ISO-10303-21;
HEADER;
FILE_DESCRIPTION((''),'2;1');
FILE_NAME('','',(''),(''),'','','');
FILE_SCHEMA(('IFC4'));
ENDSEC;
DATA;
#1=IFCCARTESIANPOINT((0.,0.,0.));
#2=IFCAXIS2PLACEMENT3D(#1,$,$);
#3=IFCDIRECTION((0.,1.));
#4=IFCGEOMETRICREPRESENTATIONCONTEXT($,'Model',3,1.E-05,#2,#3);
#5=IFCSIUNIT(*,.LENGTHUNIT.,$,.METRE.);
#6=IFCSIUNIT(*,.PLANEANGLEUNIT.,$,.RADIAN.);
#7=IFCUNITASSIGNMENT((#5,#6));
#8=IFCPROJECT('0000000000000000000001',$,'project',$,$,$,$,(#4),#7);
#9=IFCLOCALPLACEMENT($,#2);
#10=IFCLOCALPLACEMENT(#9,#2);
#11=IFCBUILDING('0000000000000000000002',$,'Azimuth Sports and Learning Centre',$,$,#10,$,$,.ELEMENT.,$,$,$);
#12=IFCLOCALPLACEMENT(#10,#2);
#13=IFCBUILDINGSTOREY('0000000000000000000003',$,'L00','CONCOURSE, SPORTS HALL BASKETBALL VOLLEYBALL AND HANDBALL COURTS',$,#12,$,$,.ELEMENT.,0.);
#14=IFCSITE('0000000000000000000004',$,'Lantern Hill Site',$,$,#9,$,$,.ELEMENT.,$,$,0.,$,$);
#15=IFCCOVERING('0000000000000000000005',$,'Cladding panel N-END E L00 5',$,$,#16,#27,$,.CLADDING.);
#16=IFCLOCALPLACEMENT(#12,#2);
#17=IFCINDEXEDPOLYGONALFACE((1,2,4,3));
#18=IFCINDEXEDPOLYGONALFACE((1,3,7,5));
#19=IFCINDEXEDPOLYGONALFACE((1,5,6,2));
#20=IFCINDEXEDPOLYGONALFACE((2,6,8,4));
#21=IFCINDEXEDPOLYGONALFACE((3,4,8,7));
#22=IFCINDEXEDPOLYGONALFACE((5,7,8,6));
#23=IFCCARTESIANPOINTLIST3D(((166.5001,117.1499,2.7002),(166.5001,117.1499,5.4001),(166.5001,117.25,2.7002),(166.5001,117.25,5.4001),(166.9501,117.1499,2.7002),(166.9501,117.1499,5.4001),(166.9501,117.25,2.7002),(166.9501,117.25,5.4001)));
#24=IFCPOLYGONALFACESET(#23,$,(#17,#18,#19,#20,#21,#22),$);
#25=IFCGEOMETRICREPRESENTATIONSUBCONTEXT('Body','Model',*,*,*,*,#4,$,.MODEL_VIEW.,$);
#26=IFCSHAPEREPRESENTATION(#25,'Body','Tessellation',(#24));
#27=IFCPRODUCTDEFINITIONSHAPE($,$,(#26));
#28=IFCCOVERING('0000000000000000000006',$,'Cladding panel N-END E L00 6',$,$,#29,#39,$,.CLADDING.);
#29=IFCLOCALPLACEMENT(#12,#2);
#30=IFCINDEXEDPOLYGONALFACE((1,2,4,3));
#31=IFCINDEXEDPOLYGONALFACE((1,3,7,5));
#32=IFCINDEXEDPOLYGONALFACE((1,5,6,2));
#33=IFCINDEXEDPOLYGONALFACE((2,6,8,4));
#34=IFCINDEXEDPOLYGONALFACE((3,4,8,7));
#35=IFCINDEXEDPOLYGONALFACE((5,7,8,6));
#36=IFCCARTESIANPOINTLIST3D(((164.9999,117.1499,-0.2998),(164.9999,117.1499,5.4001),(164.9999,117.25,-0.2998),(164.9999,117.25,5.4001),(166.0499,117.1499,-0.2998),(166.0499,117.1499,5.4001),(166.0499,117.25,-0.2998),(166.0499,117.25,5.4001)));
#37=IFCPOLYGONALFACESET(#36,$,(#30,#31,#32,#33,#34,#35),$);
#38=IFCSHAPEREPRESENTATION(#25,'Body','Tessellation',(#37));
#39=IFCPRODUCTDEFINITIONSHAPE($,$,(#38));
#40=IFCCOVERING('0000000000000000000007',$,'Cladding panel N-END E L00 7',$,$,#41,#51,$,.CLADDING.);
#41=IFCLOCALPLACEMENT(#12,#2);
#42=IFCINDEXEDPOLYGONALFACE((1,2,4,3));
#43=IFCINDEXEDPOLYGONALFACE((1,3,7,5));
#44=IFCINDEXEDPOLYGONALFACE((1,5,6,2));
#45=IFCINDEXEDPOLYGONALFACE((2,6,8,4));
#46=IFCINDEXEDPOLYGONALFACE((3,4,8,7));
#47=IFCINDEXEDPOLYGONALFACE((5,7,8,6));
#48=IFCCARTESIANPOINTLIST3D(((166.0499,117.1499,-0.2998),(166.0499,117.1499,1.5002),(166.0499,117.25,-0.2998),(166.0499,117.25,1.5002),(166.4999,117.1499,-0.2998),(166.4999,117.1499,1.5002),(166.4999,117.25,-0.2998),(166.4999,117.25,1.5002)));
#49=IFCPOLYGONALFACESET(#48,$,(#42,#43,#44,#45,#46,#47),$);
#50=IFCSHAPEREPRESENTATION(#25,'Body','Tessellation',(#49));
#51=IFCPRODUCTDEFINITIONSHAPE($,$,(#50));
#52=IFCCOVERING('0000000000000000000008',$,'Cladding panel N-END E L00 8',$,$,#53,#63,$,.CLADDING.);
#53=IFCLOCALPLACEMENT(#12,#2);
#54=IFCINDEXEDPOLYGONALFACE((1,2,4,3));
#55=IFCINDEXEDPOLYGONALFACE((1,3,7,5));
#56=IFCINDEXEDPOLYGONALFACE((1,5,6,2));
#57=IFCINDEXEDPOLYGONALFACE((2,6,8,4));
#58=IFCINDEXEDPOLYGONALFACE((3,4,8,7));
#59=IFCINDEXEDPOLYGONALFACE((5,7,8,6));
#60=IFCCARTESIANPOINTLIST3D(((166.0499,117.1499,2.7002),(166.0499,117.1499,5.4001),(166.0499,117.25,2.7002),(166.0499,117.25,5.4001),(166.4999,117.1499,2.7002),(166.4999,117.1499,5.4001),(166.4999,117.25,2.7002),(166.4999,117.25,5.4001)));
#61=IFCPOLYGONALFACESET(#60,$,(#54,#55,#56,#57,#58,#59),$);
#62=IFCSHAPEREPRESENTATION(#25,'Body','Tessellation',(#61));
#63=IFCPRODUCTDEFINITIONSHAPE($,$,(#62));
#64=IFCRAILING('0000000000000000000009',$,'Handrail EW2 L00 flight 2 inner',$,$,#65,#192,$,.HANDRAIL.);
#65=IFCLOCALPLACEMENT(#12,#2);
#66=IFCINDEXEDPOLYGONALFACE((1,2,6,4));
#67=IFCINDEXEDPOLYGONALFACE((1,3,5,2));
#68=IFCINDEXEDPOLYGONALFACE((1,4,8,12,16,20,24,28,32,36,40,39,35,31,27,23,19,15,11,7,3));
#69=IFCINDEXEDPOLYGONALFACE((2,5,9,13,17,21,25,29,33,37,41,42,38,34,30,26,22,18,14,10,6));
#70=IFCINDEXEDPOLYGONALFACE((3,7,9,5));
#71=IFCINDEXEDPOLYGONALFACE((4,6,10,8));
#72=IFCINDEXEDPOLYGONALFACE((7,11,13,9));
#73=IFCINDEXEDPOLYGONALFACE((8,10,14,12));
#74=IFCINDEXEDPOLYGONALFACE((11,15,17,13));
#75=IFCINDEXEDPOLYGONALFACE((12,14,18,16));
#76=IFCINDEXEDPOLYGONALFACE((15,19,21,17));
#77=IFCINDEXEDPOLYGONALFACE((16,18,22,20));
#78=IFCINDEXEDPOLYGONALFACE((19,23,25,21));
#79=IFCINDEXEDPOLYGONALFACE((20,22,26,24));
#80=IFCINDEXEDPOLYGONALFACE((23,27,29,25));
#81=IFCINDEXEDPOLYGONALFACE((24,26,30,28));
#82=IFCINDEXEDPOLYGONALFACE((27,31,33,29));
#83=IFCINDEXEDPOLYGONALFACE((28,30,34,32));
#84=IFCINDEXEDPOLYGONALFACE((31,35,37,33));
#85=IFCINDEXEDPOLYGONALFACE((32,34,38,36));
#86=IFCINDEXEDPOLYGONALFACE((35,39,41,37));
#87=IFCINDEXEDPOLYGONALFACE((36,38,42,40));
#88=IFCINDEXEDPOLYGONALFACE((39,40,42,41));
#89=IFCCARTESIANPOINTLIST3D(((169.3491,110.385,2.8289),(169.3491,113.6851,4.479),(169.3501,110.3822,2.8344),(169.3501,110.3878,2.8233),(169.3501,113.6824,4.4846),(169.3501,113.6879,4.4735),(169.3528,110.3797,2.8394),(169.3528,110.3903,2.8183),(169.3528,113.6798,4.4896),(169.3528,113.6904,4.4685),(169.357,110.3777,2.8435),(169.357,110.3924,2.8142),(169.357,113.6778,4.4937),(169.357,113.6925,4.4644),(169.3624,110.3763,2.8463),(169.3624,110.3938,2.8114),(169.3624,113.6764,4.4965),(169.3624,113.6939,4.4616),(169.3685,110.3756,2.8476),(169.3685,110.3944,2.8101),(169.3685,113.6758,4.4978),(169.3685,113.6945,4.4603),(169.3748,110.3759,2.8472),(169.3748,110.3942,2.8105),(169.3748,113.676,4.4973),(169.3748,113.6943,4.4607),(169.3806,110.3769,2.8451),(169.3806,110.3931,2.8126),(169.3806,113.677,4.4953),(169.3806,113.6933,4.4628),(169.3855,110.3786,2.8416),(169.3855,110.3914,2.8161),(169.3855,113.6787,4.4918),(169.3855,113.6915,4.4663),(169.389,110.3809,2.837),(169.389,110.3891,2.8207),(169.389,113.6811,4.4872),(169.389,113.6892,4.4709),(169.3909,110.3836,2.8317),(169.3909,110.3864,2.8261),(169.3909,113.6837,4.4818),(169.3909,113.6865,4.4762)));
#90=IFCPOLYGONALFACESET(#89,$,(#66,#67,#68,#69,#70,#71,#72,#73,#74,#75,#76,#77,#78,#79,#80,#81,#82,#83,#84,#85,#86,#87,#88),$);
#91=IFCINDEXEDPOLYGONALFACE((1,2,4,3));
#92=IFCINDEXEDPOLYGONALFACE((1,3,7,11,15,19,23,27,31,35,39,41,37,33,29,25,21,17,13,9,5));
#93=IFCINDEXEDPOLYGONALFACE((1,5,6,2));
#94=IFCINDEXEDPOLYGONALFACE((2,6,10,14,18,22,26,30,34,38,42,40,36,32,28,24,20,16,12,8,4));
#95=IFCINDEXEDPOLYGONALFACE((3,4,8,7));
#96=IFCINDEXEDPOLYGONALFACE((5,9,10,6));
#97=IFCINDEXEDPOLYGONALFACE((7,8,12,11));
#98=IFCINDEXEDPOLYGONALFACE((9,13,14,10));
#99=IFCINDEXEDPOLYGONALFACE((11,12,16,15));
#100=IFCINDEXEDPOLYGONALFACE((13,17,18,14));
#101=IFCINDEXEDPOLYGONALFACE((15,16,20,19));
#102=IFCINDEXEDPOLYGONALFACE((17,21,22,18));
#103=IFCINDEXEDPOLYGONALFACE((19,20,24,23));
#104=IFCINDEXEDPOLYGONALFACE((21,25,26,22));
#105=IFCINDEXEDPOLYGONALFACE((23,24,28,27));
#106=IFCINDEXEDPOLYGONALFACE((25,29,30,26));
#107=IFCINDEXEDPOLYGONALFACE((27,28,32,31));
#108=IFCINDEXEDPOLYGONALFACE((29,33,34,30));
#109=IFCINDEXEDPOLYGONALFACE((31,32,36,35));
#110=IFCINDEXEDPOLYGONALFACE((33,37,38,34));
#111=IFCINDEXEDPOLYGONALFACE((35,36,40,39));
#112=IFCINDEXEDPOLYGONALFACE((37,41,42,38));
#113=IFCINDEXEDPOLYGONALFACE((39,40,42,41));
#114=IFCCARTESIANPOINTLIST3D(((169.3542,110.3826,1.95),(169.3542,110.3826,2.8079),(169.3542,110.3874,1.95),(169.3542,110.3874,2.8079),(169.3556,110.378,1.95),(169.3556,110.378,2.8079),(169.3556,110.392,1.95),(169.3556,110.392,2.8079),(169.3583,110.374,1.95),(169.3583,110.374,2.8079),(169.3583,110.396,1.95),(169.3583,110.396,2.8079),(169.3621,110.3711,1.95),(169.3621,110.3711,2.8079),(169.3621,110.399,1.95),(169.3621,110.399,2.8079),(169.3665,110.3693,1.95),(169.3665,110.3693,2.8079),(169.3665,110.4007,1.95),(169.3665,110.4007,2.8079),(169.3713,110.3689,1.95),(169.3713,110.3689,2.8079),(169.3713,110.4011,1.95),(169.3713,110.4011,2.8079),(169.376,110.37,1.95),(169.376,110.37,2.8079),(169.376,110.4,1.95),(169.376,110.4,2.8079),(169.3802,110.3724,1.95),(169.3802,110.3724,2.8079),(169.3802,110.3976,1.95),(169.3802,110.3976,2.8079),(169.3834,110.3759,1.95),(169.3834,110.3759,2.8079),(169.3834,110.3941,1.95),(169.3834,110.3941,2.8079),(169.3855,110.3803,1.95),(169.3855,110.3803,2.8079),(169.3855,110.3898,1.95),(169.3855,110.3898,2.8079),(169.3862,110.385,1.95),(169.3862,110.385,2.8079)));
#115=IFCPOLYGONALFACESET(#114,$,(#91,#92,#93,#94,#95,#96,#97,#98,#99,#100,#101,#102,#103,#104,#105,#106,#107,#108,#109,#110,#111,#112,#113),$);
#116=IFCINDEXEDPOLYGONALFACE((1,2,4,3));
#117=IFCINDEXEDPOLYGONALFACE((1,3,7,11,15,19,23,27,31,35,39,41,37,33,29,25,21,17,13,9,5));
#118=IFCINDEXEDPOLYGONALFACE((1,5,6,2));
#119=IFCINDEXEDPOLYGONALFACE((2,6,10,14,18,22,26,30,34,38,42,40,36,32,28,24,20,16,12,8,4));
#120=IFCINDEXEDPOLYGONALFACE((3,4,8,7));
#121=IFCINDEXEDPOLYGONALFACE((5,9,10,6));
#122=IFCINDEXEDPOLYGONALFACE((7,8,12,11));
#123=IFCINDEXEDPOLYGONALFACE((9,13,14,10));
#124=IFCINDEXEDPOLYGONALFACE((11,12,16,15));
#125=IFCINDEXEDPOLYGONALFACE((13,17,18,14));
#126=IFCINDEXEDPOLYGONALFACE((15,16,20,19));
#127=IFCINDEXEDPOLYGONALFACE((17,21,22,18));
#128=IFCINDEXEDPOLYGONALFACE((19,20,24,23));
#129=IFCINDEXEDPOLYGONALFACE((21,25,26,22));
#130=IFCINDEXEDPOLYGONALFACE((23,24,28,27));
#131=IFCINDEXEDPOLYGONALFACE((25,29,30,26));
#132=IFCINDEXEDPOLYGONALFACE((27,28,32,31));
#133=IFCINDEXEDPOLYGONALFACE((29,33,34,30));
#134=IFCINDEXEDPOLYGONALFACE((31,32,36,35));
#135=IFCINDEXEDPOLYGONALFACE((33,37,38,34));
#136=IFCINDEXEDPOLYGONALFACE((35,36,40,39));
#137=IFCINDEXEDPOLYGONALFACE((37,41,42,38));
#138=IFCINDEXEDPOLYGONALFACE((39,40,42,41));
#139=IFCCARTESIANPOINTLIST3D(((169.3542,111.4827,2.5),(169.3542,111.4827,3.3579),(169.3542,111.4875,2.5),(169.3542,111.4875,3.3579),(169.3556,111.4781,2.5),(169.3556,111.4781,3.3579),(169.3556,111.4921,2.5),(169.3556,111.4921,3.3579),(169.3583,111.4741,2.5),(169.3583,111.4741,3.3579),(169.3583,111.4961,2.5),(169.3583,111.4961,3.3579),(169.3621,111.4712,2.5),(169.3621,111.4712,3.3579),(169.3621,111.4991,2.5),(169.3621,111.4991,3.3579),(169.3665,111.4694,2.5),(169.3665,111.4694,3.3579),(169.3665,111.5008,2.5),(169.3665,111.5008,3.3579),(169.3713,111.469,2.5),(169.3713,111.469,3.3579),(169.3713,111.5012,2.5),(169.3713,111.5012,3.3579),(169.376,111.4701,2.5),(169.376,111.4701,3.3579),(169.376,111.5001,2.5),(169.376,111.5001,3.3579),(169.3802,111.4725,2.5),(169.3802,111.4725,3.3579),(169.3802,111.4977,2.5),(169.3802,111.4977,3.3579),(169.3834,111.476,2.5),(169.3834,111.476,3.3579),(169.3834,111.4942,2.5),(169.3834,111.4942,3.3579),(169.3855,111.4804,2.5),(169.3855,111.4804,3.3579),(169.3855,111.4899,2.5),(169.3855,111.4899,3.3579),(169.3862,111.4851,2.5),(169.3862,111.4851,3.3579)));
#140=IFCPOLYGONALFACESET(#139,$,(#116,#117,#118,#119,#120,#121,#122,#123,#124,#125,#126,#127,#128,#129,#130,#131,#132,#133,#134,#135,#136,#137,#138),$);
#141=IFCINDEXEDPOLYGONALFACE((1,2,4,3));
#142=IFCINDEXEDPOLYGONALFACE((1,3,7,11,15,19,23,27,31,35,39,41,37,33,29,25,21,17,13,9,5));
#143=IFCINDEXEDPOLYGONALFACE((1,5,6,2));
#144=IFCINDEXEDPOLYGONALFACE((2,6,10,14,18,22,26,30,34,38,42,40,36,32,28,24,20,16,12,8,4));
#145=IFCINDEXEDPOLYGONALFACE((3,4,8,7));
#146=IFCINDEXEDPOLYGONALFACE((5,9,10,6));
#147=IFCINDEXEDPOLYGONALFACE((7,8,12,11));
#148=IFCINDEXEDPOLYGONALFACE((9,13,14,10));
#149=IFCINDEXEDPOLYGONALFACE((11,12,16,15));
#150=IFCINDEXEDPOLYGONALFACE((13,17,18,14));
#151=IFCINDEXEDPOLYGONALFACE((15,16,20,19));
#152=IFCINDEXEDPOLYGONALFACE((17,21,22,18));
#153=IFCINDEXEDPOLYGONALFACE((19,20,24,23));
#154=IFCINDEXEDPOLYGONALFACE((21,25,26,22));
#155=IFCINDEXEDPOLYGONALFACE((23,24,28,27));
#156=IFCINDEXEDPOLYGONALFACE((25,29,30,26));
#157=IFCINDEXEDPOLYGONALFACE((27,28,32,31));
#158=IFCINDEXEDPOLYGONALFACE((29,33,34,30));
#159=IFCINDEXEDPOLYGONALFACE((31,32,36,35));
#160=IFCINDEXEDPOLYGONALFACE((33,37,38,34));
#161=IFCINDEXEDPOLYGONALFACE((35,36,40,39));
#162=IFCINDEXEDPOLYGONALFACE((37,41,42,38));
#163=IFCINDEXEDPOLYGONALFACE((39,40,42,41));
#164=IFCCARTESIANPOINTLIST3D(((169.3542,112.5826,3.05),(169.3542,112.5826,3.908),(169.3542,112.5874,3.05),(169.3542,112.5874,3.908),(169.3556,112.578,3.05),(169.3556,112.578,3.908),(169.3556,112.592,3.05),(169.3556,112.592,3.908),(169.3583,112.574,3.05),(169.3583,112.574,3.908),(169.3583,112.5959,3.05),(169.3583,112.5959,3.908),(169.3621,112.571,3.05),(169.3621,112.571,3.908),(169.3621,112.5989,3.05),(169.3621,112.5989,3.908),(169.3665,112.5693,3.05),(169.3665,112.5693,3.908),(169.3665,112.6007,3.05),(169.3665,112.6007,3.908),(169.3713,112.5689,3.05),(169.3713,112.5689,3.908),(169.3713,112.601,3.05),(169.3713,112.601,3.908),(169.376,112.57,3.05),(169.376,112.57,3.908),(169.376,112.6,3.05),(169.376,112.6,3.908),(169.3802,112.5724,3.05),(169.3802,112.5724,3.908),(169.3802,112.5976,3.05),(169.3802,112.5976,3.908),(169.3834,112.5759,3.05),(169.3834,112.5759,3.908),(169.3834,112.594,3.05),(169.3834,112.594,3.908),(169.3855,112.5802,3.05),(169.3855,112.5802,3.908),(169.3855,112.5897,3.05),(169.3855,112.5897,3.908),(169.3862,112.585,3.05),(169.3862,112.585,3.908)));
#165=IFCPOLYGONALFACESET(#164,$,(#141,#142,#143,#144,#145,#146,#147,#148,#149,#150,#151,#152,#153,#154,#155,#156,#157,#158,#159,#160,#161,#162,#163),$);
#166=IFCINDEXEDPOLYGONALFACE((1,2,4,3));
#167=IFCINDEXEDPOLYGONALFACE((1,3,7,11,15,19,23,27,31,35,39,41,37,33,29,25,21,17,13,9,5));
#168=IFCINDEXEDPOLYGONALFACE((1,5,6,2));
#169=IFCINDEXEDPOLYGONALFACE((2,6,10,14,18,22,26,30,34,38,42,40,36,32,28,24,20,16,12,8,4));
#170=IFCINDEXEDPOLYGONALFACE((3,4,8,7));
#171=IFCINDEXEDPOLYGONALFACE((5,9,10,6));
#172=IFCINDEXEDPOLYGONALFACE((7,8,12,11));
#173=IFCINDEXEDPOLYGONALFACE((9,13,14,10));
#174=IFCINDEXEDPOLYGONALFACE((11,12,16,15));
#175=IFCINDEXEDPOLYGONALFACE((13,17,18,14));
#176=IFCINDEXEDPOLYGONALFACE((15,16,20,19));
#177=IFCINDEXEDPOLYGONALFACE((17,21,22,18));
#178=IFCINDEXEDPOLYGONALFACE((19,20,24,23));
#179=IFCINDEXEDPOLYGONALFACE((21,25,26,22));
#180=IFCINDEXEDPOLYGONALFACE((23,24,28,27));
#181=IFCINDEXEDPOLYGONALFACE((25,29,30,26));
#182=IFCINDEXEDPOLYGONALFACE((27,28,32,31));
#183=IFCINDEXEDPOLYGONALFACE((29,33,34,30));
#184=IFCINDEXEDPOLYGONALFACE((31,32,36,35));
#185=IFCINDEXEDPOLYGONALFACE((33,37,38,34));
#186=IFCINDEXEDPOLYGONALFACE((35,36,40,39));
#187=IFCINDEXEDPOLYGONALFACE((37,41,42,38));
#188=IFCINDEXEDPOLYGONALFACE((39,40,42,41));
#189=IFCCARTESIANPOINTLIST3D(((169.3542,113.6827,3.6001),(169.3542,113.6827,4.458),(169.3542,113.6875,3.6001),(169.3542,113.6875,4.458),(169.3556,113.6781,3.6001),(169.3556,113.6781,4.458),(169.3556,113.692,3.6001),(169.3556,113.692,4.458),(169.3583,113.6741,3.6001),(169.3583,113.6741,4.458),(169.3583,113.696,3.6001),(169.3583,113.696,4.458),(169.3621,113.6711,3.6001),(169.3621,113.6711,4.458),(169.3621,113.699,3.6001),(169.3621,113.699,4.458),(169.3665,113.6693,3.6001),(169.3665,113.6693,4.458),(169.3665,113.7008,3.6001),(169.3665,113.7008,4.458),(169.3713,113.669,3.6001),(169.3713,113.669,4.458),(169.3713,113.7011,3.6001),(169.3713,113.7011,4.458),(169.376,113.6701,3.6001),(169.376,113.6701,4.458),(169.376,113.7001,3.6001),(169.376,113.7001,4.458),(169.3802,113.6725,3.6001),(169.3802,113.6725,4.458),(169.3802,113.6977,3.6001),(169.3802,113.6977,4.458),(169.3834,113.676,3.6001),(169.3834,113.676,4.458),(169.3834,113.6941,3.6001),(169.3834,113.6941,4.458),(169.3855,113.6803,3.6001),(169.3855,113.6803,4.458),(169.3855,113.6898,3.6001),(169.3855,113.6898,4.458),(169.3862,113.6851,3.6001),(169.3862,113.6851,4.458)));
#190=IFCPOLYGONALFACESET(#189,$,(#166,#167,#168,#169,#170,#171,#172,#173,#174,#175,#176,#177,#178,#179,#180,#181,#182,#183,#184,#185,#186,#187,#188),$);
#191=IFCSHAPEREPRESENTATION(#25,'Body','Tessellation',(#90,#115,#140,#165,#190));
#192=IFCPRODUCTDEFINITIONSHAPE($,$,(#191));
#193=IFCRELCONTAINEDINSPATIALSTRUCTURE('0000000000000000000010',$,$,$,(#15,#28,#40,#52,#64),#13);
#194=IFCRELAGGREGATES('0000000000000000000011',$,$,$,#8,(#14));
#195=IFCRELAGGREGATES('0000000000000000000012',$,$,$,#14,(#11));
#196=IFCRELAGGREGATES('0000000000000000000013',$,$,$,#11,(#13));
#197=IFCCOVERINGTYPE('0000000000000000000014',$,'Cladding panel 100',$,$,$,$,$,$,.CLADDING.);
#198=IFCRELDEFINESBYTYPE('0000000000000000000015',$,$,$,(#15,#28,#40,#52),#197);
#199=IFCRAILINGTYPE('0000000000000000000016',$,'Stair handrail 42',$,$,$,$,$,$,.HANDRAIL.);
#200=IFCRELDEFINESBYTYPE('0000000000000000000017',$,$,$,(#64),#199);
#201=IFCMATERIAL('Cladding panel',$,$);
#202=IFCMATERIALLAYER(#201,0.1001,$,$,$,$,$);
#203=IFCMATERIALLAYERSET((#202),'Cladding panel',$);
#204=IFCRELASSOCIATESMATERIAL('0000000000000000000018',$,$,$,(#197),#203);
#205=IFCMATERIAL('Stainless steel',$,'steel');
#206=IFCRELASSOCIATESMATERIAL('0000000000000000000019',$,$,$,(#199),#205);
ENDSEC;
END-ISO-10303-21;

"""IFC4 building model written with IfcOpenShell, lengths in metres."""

from ifc_helpers import new_model, si_unit, direction, frame, origin, origin_2d, place, context, subcontext, project, spatial, rectangle, circle, extrude, material, layer, layer_set, type_object, element, save


model = new_model("IFC4")

# Units and contexts
model_context = context("Model", 3, precision=1e-05, world=origin(), true_north=direction((0.0, 1.0)))
body_context = subcontext(model_context, "Body", "Model", "MODEL_VIEW")
ifc_project = project(units=[si_unit("LENGTHUNIT", "METRE"), si_unit("PLANEANGLEUNIT", "RADIAN")], contexts=[model_context])

# Site, building, storey
site_placement = place(None, origin())
site = spatial("IfcSite", under=ifc_project, at=site_placement, Name="Lantern Hill Site", CompositionType="ELEMENT", RefElevation=0.0)
building_placement = place(site_placement, origin())
building = spatial("IfcBuilding", under=site, at=building_placement, Name="Azimuth Sports and Learning Centre", CompositionType="ELEMENT")
storey_placement = place(building_placement, origin())
storey = spatial("IfcBuildingStorey", under=building, at=storey_placement, Name="L00", Description="CONCOURSE, SPORTS HALL BASKETBALL VOLLEYBALL AND HANDBALL COURTS", CompositionType="ELEMENT", Elevation=0.0)

# Coverings
ifc_material_1 = material(Name="Cladding panel")
ifc_layer = layer(ifc_material_1, 0.1001)
ifc_layer_set = layer_set([ifc_layer], Name="Cladding panel")
covering_type = type_object("IfcCoveringType", Name="Cladding panel 100", PredefinedType="CLADDING", material=ifc_layer_set)
covering_1_placement = place(storey_placement, frame((166.7251, 117.2, 2.7002), z_axis=(0.0, 0.0, 1.0), x_axis=(-1.0, 0.0, 0.0)))
element("IfcCovering", 1, at=covering_1_placement, inside=storey, type_object=covering_type, Name="Cladding panel N-END E L00 5", PredefinedType="CLADDING", context=body_context, shape_type="SweptSolid", body=[
    extrude(rectangle(XDim=0.45, YDim=0.1001, at=origin_2d()), origin(), (0.0, 0.0, 1.0), 2.7),
])
covering_2_placement = place(storey_placement, frame((165.5249, 117.2, -0.2998), z_axis=(0.0, 0.0, 1.0), x_axis=(-1.0, 0.0, 0.0)))
element("IfcCovering", 2, at=covering_2_placement, inside=storey, type_object=covering_type, Name="Cladding panel N-END E L00 6", PredefinedType="CLADDING", context=body_context, shape_type="SweptSolid", body=[
    extrude(rectangle(XDim=1.05, YDim=0.1001, at=origin_2d()), origin(), (0.0, 0.0, 1.0), 5.7),
])
covering_3_placement = place(storey_placement, frame((166.2749, 117.2, -0.2998), z_axis=(0.0, 0.0, 1.0), x_axis=(-1.0, 0.0, 0.0)))
element("IfcCovering", 3, at=covering_3_placement, inside=storey, type_object=covering_type, Name="Cladding panel N-END E L00 7", PredefinedType="CLADDING", context=body_context, shape_type="SweptSolid", body=[
    extrude(rectangle(XDim=0.45, YDim=0.1001, at=origin_2d()), origin(), (0.0, 0.0, 1.0), 1.8),
])
covering_4_placement = place(storey_placement, frame((166.2749, 117.2, 2.7002), z_axis=(0.0, 0.0, 1.0), x_axis=(-1.0, 0.0, 0.0)))
element("IfcCovering", 4, at=covering_4_placement, inside=storey, type_object=covering_type, Name="Cladding panel N-END E L00 8", PredefinedType="CLADDING", context=body_context, shape_type="SweptSolid", body=[
    extrude(rectangle(XDim=0.45, YDim=0.1001, at=origin_2d()), origin(), (0.0, 0.0, 1.0), 2.7),
])

# Railing
ifc_material_2 = material(Name="Stainless steel", Category="steel")
railing_type = type_object("IfcRailingType", Name="Stair handrail 42", PredefinedType="HANDRAIL", material=ifc_material_2)
for number, where, name in (
    (5, (169.3701, 110.385, 1.95), "Handrail EW2 L00 flight 2 inner"),
):
    element("IfcRailing", number, at=place(storey_placement, frame(where)), inside=storey, type_object=railing_type, Name=name, PredefinedType="HANDRAIL", context=body_context, shape_type="SweptSolid", body=[
        extrude(circle(Radius=0.021, at=origin_2d()), frame((0.0, 0.0, 0.8789), z_axis=(0.0, 0.894414, 0.44724), x_axis=(-1.0, 0.0, 0.0)), (0.0, 0.0, 1.0), 3.6897),
        extrude(circle(Radius=0.0161, at=origin_2d()), origin(), (0.0, 0.0, 1.0), 0.8579),
        extrude(circle(Radius=0.0161, at=origin_2d()), frame((0.0, 1.1001, 0.55)), (0.0, 0.0, 1.0), 0.8579),
        extrude(circle(Radius=0.0161, at=origin_2d()), frame((0.0, 2.2, 1.1001)), (0.0, 0.0, 1.0), 0.8579),
        extrude(circle(Radius=0.0161, at=origin_2d()), frame((0.0, 3.3, 1.6501)), (0.0, 0.0, 1.0), 0.8579),
    ])

save(model, "model.ifc")
